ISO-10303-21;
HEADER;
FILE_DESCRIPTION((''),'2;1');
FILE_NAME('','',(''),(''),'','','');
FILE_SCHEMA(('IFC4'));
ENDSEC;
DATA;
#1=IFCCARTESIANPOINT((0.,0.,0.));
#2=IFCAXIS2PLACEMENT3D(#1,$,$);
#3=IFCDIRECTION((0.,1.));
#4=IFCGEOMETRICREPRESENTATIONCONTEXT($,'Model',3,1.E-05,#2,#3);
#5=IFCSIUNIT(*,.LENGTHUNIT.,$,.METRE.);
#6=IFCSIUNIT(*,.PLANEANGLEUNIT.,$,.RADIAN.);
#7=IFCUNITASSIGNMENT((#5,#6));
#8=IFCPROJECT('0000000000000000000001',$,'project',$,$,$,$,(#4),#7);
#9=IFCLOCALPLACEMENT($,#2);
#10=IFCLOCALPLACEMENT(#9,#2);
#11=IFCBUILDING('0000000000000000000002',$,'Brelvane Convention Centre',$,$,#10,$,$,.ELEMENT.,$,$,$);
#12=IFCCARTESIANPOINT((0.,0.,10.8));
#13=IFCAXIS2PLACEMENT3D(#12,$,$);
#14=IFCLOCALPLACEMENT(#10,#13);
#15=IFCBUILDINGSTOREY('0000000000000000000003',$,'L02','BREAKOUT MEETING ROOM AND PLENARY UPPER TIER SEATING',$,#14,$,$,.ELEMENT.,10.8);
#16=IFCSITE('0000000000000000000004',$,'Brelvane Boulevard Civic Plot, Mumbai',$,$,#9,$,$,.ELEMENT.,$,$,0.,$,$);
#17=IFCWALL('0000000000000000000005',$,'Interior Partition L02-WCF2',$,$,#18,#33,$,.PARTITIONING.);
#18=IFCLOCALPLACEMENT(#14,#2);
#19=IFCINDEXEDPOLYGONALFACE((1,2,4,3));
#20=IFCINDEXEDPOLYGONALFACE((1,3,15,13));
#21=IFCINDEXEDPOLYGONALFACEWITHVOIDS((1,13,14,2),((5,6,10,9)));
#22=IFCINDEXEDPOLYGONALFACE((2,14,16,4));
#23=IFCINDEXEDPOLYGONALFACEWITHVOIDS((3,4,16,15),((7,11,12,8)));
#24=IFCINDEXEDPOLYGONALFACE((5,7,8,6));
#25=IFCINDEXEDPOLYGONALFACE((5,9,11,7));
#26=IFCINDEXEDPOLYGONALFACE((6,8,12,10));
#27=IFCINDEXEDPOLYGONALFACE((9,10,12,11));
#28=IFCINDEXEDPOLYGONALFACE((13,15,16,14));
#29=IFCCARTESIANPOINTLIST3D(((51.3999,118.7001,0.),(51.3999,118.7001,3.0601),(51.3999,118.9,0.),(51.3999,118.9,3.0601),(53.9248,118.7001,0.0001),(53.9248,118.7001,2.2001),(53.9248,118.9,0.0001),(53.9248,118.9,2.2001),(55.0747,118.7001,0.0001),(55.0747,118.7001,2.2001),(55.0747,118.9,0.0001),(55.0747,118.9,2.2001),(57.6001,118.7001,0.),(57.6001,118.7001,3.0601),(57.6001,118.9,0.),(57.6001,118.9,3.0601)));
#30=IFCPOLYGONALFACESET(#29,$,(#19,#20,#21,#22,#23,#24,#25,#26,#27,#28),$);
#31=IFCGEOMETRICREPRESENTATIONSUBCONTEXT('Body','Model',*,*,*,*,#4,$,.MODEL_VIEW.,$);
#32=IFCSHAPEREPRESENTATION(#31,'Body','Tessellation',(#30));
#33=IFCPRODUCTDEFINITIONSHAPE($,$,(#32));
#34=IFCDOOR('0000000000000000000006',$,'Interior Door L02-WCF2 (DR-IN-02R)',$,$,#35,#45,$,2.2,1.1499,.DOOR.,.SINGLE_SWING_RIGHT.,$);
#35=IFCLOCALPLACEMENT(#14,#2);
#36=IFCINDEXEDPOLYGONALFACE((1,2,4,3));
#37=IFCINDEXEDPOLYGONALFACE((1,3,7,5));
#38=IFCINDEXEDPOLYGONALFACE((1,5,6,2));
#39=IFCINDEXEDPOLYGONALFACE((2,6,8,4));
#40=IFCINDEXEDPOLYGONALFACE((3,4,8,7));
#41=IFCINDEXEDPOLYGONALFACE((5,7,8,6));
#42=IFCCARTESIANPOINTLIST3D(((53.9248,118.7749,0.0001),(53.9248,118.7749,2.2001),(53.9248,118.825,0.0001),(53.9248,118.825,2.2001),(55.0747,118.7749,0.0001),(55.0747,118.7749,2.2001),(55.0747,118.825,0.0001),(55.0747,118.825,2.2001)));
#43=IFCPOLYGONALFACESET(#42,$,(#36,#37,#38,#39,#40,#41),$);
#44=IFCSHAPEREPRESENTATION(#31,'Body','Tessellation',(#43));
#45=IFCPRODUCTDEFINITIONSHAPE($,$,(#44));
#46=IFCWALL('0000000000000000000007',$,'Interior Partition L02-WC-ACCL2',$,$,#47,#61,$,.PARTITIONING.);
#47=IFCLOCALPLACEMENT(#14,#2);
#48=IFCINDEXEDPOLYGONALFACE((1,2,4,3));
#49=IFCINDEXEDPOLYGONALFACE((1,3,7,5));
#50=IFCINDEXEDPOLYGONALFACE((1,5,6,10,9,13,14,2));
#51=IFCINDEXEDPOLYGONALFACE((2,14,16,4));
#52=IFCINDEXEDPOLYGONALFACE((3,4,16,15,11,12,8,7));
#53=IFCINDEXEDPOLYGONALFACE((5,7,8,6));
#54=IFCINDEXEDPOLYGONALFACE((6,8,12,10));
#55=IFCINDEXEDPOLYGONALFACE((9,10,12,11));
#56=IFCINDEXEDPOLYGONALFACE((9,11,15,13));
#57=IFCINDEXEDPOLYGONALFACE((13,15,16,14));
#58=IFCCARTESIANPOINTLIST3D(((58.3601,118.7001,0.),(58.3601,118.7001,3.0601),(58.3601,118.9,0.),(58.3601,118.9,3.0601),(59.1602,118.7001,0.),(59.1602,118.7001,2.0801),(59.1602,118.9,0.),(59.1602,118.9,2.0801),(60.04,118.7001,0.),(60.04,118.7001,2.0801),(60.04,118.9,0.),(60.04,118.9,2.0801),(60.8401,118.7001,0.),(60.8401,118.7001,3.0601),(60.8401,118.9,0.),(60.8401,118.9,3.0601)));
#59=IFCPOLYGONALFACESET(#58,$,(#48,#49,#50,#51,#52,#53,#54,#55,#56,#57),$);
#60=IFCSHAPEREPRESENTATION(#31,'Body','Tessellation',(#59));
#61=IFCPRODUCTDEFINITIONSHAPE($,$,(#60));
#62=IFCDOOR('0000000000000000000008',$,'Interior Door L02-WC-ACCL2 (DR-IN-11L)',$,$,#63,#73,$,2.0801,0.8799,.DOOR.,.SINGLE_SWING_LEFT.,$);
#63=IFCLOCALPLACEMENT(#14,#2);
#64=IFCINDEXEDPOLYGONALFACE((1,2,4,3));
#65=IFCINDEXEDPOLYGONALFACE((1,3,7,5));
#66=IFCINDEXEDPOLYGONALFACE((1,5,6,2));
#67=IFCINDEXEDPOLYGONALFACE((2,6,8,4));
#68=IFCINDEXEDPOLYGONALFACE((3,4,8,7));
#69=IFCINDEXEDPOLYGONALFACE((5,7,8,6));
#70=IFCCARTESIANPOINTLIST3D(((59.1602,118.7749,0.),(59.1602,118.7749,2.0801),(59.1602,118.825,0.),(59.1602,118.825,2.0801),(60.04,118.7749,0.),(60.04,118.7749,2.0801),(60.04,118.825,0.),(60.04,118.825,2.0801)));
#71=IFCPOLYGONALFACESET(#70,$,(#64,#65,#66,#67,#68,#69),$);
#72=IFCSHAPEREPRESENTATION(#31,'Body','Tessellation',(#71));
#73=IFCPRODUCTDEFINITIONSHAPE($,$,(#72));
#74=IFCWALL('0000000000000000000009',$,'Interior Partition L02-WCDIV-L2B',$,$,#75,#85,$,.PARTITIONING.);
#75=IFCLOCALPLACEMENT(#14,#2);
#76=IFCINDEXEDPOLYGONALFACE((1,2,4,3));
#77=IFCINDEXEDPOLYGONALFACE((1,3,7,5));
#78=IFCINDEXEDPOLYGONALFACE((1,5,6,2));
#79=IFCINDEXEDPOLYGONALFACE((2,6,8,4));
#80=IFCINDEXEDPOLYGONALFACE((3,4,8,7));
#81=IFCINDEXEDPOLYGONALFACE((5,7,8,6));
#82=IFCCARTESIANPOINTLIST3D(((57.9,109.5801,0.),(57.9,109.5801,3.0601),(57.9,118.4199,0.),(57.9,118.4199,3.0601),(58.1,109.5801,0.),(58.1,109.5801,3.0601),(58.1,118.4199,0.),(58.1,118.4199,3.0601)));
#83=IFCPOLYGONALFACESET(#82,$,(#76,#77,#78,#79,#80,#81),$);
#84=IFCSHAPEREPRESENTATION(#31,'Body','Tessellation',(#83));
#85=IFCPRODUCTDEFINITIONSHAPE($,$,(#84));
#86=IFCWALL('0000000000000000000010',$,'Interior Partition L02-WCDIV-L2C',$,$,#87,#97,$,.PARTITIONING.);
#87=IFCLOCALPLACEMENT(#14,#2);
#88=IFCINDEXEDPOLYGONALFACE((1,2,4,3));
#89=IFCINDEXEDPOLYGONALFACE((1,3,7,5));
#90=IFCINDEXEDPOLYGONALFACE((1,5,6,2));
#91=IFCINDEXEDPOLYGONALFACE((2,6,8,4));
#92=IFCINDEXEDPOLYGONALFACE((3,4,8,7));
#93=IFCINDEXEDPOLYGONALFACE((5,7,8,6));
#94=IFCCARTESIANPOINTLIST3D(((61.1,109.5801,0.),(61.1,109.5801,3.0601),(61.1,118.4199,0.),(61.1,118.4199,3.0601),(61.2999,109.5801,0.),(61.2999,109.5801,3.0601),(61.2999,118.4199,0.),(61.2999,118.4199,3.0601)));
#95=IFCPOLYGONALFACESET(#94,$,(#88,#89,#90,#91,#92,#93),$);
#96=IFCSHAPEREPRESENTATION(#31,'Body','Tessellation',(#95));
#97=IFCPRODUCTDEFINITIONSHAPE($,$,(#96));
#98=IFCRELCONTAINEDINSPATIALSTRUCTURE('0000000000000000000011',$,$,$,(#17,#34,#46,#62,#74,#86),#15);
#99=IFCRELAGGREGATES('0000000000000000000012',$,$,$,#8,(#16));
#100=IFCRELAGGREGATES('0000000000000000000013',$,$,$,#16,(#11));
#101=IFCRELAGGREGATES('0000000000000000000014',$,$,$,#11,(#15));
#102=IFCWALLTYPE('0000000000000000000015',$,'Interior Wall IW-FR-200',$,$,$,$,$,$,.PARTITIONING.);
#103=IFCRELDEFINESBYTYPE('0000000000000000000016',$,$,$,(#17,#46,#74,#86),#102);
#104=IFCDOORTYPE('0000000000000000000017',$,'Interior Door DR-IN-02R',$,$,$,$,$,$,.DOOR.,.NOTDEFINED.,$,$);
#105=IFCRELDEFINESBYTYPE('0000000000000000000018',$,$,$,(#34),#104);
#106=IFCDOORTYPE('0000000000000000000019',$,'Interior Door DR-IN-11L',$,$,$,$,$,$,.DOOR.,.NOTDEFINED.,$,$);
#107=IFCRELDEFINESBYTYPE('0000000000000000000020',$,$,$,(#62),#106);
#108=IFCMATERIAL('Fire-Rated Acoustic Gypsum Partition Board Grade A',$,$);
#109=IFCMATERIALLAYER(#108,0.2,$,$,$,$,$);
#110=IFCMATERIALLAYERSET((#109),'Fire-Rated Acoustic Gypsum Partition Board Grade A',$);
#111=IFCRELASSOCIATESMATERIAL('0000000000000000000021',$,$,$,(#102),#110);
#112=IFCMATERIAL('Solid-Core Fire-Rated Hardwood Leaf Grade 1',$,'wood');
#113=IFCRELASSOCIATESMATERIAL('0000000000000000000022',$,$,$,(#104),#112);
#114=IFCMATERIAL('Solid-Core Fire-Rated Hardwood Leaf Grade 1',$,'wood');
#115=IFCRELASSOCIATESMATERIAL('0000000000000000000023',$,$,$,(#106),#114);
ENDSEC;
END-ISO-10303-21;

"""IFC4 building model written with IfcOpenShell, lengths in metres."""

from ifc_helpers import new_model, si_unit, direction, frame, frame_2d, origin, place, context, subcontext, project, spatial, rectangle, extrude, material, layer, layer_set, type_object, element, fill, save


model = new_model("IFC4")

# Units and contexts
model_context = context("Model", 3, precision=1e-05, world=origin(), true_north=direction((0.0, 1.0)))
body_context = subcontext(model_context, "Body", "Model", "MODEL_VIEW")
ifc_project = project(units=[si_unit("LENGTHUNIT", "METRE"), si_unit("PLANEANGLEUNIT", "RADIAN")], contexts=[model_context])

# Site, building, storey
site_placement = place(None, origin())
site = spatial("IfcSite", under=ifc_project, at=site_placement, Name="Brelvane Boulevard Civic Plot, Mumbai", CompositionType="ELEMENT", RefElevation=0.0)
building_placement = place(site_placement, origin())
building = spatial("IfcBuilding", under=site, at=building_placement, Name="Brelvane Convention Centre", CompositionType="ELEMENT")
storey_placement = place(building_placement, frame((0.0, 0.0, 10.8)))
storey = spatial("IfcBuildingStorey", under=building, at=storey_placement, Name="L02", Description="BREAKOUT MEETING ROOM AND PLENARY UPPER TIER SEATING", CompositionType="ELEMENT", Elevation=10.8)

# Walls, openings, doors
ifc_material_1 = material(Name="Fire-Rated Acoustic Gypsum Partition Board Grade A")
ifc_layer_1 = layer(ifc_material_1, 0.2)
ifc_layer_set_1 = layer_set([ifc_layer_1], Name="Fire-Rated Acoustic Gypsum Partition Board Grade A")
wall_type_1 = type_object("IfcWallType", Name="Interior Wall IW-FR-200", PredefinedType="PARTITIONING", material=ifc_layer_set_1)
wall_1_placement = place(storey_placement, frame((51.3999, 118.8, 0.0), z_axis=(0.0, 0.0, 1.0), x_axis=(1.0, 0.0, 0.0)))
wall_1 = element("IfcWall", 1, at=wall_1_placement, inside=storey, type_object=wall_type_1, Name="Interior Partition L02-WCF2", PredefinedType="PARTITIONING", context=body_context, shape_type="SweptSolid", body=[
    extrude(rectangle(XDim=6.2002, YDim=0.2, at=frame_2d((3.1001, 0.0))), origin(), (0.0, 0.0, 1.0), 3.0601),
])
opening_1_placement = place(wall_1_placement, frame((2.5249, 0.0, 0.0)))
opening_1 = element("IfcOpeningElement", 2, at=opening_1_placement, cuts=wall_1, PredefinedType="OPENING", context=body_context, shape_type="SweptSolid", body=[
    extrude(rectangle(XDim=1.1499, YDim=2.2, at=frame_2d((0.575, 1.1001))), frame((0.0, 0.1099, 0.0), z_axis=(0.0, -1.0, 0.0), x_axis=(1.0, 0.0, 0.0)), (0.0, 0.0, 1.0), 0.22),
])
ifc_material_2 = material(Name="Solid-Core Fire-Rated Hardwood Leaf Grade 1", Category="wood")
door_type_1 = type_object("IfcDoorType", Name="Interior Door DR-IN-02R", OperationType="NOTDEFINED", PredefinedType="DOOR", material=ifc_material_2)
door_1_placement = place(opening_1_placement, origin())
door_1 = element("IfcDoor", 3, at=door_1_placement, inside=storey, type_object=door_type_1, Name="Interior Door L02-WCF2 (DR-IN-02R)", OperationType="SINGLE_SWING_RIGHT", OverallHeight=2.2, OverallWidth=1.1499, PredefinedType="DOOR", context=body_context, shape_type="SweptSolid", body=[
    extrude(rectangle(XDim=1.1499, YDim=2.2, at=frame_2d((0.575, 1.1001))), frame((0.0, 0.0249, 0.0), z_axis=(0.0, -1.0, 0.0), x_axis=(1.0, 0.0, 0.0)), (0.0, 0.0, 1.0), 0.05),
])
fill(opening_1, door_1)
wall_2_placement = place(storey_placement, frame((58.3601, 118.8, 0.0), z_axis=(0.0, 0.0, 1.0), x_axis=(1.0, 0.0, 0.0)))
wall_2 = element("IfcWall", 4, at=wall_2_placement, inside=storey, type_object=wall_type_1, Name="Interior Partition L02-WC-ACCL2", PredefinedType="PARTITIONING", context=body_context, shape_type="SweptSolid", body=[
    extrude(rectangle(XDim=2.48, YDim=0.2, at=frame_2d((1.24, 0.0))), origin(), (0.0, 0.0, 1.0), 3.0601),
])
opening_2_placement = place(wall_2_placement, frame((0.8, 0.0, 0.0)))
opening_2 = element("IfcOpeningElement", 5, at=opening_2_placement, cuts=wall_2, PredefinedType="OPENING", context=body_context, shape_type="SweptSolid", body=[
    extrude(rectangle(XDim=0.8799, YDim=2.0801, at=frame_2d((0.4399, 1.04))), frame((0.0, 0.1099, 0.0), z_axis=(0.0, -1.0, 0.0), x_axis=(1.0, 0.0, 0.0)), (0.0, 0.0, 1.0), 0.22),
])
ifc_material_3 = material(Name="Solid-Core Fire-Rated Hardwood Leaf Grade 1", Category="wood")
door_type_2 = type_object("IfcDoorType", Name="Interior Door DR-IN-11L", OperationType="NOTDEFINED", PredefinedType="DOOR", material=ifc_material_3)
door_2_placement = place(opening_2_placement, origin())
door_2 = element("IfcDoor", 6, at=door_2_placement, inside=storey, type_object=door_type_2, Name="Interior Door L02-WC-ACCL2 (DR-IN-11L)", OperationType="SINGLE_SWING_LEFT", OverallHeight=2.0801, OverallWidth=0.8799, PredefinedType="DOOR", context=body_context, shape_type="SweptSolid", body=[
    extrude(rectangle(XDim=0.8799, YDim=2.0801, at=frame_2d((0.4399, 1.04))), frame((0.0, 0.0249, 0.0), z_axis=(0.0, -1.0, 0.0), x_axis=(1.0, 0.0, 0.0)), (0.0, 0.0, 1.0), 0.05),
])
fill(opening_2, door_2)

# Walls
for number, where, z_axis, x_axis, name in (
    (7, (58.0, 109.5801, 0.0), (0.0, 0.0, 1.0), (0.0, 1.0, 0.0), "Interior Partition L02-WCDIV-L2B"),
    (8, (61.2, 109.5801, 0.0), (0.0, 0.0, 1.0), (0.0, 1.0, 0.0), "Interior Partition L02-WCDIV-L2C"),
):
    element("IfcWall", number, at=place(storey_placement, frame(where, z_axis=z_axis, x_axis=x_axis)), inside=storey, type_object=wall_type_1, Name=name, PredefinedType="PARTITIONING", context=body_context, shape_type="SweptSolid", body=[
        extrude(rectangle(XDim=8.8398, YDim=0.2, at=frame_2d((4.4199, 0.0))), origin(), (0.0, 0.0, 1.0), 3.0601),
    ])

save(model, "model.ifc")
